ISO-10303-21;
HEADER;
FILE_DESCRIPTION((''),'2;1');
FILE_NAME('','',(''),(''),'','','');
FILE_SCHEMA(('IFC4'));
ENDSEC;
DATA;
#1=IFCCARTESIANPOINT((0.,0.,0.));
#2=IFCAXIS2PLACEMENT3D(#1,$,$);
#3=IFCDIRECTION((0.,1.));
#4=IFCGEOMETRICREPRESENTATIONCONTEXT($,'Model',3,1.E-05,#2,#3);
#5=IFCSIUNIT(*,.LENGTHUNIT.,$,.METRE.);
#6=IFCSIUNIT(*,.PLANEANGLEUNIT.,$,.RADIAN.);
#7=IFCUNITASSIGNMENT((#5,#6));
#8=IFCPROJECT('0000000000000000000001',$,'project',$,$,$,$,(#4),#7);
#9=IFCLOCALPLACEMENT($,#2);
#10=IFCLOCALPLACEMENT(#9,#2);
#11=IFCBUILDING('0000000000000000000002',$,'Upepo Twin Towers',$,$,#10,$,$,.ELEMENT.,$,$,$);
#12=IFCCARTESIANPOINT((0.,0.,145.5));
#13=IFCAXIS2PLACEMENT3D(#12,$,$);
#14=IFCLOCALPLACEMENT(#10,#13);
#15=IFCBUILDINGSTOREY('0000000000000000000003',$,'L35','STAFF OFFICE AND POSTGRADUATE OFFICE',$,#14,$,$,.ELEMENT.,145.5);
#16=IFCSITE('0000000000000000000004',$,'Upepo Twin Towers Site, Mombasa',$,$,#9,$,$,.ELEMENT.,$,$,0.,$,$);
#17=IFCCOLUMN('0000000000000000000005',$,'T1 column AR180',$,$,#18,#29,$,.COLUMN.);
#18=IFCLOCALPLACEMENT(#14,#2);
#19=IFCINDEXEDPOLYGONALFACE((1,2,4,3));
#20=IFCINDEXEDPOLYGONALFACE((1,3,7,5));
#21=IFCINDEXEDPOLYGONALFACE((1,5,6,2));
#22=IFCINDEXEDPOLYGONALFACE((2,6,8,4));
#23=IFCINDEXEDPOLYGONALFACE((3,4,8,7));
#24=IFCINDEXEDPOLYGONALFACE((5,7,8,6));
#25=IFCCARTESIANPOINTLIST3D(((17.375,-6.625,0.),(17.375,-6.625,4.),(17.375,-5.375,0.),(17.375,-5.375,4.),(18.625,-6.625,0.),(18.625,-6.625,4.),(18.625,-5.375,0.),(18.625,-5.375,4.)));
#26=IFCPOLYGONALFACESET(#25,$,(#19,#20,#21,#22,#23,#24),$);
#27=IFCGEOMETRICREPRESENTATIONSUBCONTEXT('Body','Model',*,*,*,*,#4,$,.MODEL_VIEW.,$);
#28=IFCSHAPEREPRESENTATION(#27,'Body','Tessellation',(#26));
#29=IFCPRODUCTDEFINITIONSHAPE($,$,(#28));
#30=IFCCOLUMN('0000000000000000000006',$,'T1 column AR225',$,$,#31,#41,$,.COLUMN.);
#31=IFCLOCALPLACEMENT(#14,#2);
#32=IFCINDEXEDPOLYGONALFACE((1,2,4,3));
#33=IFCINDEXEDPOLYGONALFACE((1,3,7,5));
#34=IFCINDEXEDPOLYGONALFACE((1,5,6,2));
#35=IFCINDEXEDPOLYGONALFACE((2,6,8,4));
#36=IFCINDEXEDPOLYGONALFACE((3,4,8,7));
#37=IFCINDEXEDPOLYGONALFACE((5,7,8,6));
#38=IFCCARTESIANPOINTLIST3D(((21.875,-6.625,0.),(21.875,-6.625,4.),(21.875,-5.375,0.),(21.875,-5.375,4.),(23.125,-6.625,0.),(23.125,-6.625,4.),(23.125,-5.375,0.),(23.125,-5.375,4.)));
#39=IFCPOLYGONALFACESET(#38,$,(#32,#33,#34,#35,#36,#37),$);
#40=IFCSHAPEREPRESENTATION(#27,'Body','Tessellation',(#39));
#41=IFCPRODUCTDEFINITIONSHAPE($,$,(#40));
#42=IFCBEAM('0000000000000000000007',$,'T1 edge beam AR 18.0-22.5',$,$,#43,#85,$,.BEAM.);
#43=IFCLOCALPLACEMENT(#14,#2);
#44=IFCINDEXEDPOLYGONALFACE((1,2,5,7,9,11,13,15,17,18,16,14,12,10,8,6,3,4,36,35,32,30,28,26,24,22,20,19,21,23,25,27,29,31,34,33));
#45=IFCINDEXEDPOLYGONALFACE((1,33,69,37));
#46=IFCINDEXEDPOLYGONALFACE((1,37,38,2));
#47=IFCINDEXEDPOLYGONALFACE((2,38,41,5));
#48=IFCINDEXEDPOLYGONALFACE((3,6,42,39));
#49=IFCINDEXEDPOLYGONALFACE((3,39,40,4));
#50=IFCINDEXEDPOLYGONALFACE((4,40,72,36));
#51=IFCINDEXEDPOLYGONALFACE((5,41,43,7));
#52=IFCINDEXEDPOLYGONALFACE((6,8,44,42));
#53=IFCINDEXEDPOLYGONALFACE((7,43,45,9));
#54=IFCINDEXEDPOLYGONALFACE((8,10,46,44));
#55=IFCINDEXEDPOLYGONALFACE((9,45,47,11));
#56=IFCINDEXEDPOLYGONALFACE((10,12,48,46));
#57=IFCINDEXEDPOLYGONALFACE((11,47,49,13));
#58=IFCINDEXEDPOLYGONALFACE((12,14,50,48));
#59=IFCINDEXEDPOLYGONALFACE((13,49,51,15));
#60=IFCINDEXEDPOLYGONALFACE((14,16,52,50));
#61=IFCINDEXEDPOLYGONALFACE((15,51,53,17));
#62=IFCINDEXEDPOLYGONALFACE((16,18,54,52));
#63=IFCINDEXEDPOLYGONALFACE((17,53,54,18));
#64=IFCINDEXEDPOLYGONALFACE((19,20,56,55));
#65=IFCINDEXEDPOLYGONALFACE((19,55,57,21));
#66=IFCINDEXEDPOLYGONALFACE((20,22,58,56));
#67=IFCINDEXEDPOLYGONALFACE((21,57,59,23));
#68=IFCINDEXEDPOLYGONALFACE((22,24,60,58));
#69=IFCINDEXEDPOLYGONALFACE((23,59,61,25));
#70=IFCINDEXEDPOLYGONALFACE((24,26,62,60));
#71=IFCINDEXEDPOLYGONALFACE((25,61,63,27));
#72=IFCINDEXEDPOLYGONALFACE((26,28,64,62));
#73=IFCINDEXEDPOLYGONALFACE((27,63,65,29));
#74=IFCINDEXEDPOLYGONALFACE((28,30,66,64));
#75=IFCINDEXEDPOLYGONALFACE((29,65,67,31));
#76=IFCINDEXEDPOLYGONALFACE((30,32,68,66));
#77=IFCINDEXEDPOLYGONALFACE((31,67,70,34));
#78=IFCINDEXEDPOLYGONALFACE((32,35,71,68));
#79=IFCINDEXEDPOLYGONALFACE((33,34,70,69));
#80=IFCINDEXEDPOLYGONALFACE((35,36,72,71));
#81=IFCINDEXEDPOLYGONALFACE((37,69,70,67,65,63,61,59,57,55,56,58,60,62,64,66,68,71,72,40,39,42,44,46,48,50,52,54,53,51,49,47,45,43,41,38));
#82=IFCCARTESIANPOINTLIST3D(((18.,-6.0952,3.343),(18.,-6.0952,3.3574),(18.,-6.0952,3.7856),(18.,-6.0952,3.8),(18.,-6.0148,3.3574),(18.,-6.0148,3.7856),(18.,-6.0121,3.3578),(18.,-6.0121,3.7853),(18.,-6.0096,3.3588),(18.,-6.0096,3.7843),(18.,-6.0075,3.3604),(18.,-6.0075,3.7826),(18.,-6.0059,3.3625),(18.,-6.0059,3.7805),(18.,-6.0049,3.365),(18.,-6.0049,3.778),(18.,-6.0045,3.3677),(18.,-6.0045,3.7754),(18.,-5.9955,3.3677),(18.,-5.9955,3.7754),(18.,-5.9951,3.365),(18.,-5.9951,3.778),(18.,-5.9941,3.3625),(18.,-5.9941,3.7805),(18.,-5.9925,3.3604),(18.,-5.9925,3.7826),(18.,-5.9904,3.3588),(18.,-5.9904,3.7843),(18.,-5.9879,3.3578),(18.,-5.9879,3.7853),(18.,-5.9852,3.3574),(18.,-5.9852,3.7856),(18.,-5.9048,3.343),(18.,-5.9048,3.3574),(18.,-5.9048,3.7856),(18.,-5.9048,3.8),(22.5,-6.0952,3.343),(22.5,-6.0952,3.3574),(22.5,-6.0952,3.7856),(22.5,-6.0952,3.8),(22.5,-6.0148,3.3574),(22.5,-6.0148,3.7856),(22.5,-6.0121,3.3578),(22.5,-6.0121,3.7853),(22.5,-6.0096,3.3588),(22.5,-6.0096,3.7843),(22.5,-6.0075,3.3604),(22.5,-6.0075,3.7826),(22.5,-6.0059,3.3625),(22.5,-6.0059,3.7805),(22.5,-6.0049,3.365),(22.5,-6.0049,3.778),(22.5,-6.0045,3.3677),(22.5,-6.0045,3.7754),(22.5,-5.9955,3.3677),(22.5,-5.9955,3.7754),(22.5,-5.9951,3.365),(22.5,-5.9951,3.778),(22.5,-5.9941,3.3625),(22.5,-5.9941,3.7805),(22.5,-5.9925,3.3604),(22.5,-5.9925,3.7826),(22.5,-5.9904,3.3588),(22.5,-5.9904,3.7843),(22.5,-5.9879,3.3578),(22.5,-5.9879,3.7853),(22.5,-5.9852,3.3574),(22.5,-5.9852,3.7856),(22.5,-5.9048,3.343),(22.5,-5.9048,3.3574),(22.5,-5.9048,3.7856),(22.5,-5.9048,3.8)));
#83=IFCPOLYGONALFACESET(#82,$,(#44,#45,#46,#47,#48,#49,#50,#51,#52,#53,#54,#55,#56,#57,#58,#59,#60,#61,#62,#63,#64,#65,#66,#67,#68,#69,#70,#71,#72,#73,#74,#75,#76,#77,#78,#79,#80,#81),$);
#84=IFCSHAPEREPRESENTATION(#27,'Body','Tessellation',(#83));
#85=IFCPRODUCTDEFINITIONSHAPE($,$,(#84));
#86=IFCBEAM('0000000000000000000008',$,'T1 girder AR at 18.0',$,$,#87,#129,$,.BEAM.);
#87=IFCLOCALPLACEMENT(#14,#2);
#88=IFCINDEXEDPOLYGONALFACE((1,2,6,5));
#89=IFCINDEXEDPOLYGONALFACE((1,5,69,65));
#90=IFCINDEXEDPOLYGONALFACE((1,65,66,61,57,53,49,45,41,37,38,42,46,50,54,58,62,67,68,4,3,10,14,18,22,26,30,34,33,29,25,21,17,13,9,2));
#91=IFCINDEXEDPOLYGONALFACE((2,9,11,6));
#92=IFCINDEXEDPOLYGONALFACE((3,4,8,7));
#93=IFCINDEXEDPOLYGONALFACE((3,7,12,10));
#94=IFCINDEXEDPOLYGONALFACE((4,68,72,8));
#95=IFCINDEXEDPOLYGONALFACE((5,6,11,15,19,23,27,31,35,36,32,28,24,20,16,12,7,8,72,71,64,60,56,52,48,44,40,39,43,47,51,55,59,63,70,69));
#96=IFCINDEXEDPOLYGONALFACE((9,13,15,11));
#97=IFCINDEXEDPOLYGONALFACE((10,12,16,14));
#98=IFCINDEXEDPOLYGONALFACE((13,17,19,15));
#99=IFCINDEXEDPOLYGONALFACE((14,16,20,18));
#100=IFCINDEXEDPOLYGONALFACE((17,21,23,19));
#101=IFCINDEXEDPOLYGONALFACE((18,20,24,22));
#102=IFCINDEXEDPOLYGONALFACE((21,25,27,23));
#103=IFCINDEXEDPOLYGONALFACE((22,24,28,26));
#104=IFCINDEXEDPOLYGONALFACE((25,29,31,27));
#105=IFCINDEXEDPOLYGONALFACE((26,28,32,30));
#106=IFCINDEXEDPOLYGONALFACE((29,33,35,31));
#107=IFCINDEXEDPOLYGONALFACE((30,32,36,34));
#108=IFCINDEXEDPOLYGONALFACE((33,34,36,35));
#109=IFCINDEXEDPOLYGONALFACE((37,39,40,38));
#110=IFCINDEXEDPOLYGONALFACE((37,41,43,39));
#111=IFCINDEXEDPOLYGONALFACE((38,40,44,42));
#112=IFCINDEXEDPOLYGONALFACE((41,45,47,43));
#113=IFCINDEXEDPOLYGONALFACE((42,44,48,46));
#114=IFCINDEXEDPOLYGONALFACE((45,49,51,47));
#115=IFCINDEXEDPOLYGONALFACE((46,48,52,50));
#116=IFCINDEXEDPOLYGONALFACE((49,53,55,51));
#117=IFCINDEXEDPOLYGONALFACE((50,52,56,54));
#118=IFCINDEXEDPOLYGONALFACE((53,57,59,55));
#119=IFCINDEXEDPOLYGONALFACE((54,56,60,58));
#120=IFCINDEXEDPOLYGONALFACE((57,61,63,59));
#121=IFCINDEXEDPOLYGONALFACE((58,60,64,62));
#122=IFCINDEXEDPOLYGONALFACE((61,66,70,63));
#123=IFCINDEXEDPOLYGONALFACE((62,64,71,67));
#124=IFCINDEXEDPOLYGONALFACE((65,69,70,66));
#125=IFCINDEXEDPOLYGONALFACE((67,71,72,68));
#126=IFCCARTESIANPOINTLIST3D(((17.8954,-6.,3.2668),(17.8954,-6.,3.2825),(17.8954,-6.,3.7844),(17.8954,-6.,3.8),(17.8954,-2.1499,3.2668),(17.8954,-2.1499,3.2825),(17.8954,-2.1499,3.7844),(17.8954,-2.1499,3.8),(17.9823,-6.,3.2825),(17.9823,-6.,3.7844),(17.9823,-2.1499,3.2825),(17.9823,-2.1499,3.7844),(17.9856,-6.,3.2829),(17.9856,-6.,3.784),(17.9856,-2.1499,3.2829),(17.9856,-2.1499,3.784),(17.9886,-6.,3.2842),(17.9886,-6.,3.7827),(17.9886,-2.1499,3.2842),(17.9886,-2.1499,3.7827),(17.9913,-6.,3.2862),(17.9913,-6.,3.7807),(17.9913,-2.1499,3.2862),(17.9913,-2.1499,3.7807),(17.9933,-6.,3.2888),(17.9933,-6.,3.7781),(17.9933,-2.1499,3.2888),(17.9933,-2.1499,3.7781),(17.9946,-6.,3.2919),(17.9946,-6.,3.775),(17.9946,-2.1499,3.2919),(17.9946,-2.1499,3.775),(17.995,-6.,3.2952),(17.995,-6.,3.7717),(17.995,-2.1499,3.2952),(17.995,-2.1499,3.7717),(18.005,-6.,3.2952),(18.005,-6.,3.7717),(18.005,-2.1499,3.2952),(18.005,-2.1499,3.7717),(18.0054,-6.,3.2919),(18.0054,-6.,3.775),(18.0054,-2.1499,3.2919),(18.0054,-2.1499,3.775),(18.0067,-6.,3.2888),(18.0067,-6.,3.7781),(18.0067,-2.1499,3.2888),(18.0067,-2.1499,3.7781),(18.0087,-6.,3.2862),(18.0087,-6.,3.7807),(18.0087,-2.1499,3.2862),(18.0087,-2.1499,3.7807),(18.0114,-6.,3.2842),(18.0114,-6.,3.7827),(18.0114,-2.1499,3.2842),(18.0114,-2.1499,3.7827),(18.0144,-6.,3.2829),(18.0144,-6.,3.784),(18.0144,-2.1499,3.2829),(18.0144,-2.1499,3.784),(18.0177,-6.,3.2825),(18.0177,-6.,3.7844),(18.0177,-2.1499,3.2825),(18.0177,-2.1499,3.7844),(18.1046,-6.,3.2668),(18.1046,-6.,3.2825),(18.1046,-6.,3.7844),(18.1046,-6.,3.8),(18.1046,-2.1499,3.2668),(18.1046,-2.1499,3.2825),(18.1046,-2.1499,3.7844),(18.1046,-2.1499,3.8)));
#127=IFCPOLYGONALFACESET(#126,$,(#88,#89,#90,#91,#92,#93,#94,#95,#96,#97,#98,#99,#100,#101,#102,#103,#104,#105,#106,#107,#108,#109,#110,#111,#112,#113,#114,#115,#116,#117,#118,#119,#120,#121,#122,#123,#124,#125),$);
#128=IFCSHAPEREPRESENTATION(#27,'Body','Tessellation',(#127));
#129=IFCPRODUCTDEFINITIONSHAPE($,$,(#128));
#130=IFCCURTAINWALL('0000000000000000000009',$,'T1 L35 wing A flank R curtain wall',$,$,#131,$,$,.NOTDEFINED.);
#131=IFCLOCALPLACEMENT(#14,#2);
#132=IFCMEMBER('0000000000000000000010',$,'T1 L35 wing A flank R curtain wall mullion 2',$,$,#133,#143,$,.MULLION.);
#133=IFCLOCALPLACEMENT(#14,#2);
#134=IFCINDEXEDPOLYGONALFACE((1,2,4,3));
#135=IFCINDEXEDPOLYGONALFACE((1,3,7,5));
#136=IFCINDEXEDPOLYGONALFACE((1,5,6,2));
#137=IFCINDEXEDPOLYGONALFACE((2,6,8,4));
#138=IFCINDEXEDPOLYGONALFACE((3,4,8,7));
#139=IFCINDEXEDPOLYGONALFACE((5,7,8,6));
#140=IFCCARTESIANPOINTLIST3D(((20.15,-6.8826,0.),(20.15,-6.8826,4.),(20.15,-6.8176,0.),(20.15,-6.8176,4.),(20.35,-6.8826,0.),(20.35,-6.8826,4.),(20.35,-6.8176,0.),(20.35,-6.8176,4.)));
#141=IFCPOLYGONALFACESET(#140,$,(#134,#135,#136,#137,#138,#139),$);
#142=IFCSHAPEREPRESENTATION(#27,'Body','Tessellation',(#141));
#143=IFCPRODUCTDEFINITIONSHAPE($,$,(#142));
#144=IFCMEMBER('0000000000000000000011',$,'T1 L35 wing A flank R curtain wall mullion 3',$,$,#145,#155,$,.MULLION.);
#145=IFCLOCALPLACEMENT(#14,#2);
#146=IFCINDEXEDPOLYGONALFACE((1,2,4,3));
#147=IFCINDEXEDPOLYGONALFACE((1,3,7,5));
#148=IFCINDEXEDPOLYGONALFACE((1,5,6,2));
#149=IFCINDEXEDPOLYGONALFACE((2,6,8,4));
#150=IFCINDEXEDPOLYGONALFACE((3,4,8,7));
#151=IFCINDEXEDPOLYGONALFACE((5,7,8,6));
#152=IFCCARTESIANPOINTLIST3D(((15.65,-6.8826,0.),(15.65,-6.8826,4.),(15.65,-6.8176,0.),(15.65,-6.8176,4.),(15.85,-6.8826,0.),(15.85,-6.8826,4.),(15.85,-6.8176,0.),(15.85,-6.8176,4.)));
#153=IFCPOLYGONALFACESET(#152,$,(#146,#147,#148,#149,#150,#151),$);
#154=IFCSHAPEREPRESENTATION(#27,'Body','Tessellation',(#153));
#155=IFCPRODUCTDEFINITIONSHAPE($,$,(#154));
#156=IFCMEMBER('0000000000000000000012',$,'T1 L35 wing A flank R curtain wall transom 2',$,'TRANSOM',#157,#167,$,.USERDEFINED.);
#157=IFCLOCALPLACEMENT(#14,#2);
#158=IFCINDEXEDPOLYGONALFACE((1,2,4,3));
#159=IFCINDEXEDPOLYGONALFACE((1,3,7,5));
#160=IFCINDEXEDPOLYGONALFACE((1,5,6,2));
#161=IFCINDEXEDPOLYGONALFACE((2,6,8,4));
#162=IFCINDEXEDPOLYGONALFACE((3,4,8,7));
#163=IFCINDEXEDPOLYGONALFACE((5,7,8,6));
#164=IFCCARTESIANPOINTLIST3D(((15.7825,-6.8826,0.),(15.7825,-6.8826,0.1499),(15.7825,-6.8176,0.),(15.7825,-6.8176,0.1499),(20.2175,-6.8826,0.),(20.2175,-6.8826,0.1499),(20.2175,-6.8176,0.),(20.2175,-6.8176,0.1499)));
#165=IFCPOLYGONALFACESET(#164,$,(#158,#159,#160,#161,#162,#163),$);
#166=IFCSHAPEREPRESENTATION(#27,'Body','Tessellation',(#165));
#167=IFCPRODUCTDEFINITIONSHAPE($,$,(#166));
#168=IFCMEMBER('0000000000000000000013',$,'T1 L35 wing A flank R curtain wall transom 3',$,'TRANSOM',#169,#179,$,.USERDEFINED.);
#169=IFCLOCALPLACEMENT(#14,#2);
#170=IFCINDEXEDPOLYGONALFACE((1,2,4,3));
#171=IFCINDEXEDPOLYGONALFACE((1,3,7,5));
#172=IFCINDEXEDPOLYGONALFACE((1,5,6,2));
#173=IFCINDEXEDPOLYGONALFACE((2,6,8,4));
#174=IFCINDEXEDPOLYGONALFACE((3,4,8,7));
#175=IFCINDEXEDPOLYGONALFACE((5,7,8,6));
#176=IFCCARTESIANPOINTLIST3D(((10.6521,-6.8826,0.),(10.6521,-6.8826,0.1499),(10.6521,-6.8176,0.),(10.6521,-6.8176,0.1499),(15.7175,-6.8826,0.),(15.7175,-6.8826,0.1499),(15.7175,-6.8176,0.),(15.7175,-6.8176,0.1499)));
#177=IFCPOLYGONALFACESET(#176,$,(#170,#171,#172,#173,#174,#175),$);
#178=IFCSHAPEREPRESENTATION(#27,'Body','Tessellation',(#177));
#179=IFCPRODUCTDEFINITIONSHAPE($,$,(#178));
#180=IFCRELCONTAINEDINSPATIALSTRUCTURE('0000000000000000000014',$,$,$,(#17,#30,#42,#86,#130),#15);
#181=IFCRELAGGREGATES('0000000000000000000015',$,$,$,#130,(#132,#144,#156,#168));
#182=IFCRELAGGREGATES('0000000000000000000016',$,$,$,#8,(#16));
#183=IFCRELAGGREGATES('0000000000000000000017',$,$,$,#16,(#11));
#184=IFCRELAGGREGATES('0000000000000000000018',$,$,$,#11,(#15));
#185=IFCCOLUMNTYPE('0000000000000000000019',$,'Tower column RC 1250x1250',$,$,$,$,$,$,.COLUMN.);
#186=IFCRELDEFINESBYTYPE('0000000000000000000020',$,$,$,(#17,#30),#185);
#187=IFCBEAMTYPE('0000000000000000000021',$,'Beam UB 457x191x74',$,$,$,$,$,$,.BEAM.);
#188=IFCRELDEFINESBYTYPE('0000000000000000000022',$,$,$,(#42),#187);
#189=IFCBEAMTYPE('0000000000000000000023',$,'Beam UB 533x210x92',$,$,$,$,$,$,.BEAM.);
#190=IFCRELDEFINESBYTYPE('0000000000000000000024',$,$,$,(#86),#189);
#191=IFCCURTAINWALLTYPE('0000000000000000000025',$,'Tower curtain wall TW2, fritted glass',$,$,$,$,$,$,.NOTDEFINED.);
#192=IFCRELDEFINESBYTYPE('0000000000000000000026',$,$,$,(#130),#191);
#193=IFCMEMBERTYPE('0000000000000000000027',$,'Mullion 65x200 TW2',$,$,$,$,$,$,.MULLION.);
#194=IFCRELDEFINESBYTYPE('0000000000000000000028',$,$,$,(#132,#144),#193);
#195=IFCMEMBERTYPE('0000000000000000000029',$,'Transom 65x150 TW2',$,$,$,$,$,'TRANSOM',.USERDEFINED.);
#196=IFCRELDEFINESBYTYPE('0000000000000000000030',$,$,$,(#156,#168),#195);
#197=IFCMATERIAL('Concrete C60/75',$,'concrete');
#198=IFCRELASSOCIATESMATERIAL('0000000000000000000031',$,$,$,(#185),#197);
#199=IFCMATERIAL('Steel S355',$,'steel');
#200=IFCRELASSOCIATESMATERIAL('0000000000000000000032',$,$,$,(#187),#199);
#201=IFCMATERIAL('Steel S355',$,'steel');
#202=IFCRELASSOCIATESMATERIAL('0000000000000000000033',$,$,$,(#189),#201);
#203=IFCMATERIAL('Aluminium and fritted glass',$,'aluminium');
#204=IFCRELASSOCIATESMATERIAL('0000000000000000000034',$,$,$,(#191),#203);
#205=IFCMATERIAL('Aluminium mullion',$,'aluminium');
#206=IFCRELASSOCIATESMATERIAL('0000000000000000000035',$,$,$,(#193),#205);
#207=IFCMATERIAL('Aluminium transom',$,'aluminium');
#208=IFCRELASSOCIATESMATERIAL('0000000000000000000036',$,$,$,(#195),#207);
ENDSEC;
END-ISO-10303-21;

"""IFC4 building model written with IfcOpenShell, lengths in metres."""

from ifc_helpers import new_model, si_unit, direction, frame, origin, origin_2d, place, context, subcontext, project, spatial, rectangle, i_section, extrude, material, material_profile, profile_set, type_object, element, aggregate, save


model = new_model("IFC4")

# Units and contexts
model_context = context("Model", 3, precision=1e-05, world=origin(), true_north=direction((0.0, 1.0)))
body_context = subcontext(model_context, "Body", "Model", "MODEL_VIEW")
ifc_project = project(units=[si_unit("LENGTHUNIT", "METRE"), si_unit("PLANEANGLEUNIT", "RADIAN")], contexts=[model_context])

# Site, building, storey
site_placement = place(None, origin())
site = spatial("IfcSite", under=ifc_project, at=site_placement, Name="Upepo Twin Towers Site, Mombasa", CompositionType="ELEMENT", RefElevation=0.0)
building_placement = place(site_placement, origin())
building = spatial("IfcBuilding", under=site, at=building_placement, Name="Upepo Twin Towers", CompositionType="ELEMENT")
storey_placement = place(building_placement, frame((0.0, 0.0, 145.5)))
storey = spatial("IfcBuildingStorey", under=building, at=storey_placement, Name="L35", Description="STAFF OFFICE AND POSTGRADUATE OFFICE", CompositionType="ELEMENT", Elevation=145.5)

# Columns
ifc_material_1 = material(Name="Concrete C60/75", Category="concrete")
ifc_material_profile_1 = material_profile(ifc_material_1, rectangle(XDim=1.25, YDim=1.25, at=origin_2d()), Name="RC 1250x1250")
ifc_profile_set_1 = profile_set([ifc_material_profile_1], Name="Concrete C60/75")
column_type = type_object("IfcColumnType", Name="Tower column RC 1250x1250", PredefinedType="COLUMN", material=ifc_profile_set_1)
for number, where, z_axis, x_axis, name in (
    (1, (18.0, -6.0, 0.0), (0.0, 0.0, 1.0), (1.0, 0.0, 0.0), "T1 column AR180"),
    (2, (22.5, -6.0, 0.0), (0.0, 0.0, 1.0), (1.0, 0.0, 0.0), "T1 column AR225"),
):
    element("IfcColumn", number, at=place(storey_placement, frame(where, z_axis=z_axis, x_axis=x_axis)), inside=storey, type_object=column_type, Name=name, PredefinedType="COLUMN", context=body_context, shape_type="SweptSolid", body=[
        extrude(rectangle(XDim=1.25, YDim=1.25, at=origin_2d()), origin(), (0.0, 0.0, 1.0), 4.0),
    ])

# Beams
ifc_material_2 = material(Name="Steel S355", Category="steel")
ifc_material_profile_2 = material_profile(ifc_material_2, i_section(OverallWidth=0.1904, OverallDepth=0.457, WebThickness=0.009, FlangeThickness=0.0144, FilletRadius=0.0103, at=origin_2d()), Name="UB 457x191x74")
ifc_profile_set_2 = profile_set([ifc_material_profile_2], Name="Steel S355")
beam_type_1 = type_object("IfcBeamType", Name="Beam UB 457x191x74", PredefinedType="BEAM", material=ifc_profile_set_2)
beam_1_placement = place(storey_placement, frame((18.0, -6.0, 3.5715), z_axis=(1.0, 0.0, 0.0), x_axis=(0.0, 1.0, 0.0)))
element("IfcBeam", 3, at=beam_1_placement, inside=storey, type_object=beam_type_1, Name="T1 edge beam AR 18.0-22.5", PredefinedType="BEAM", context=body_context, shape_type="SweptSolid", body=[
    extrude(i_section(OverallWidth=0.1904, OverallDepth=0.457, WebThickness=0.009, FlangeThickness=0.0144, FilletRadius=0.0103, at=origin_2d()), origin(), (0.0, 0.0, 1.0), 4.5),
])
ifc_material_3 = material(Name="Steel S355", Category="steel")
ifc_material_profile_3 = material_profile(ifc_material_3, i_section(OverallWidth=0.2092, OverallDepth=0.5332, WebThickness=0.01, FlangeThickness=0.0156, FilletRadius=0.0127, at=origin_2d()), Name="UB 533x210x92")
ifc_profile_set_3 = profile_set([ifc_material_profile_3], Name="Steel S355")
beam_type_2 = type_object("IfcBeamType", Name="Beam UB 533x210x92", PredefinedType="BEAM", material=ifc_profile_set_3)
beam_2_placement = place(storey_placement, frame((18.0, -6.0, 3.5334), z_axis=(0.0, 1.0, 0.0), x_axis=(-1.0, 0.0, 0.0)))
element("IfcBeam", 4, at=beam_2_placement, inside=storey, type_object=beam_type_2, Name="T1 girder AR at 18.0", PredefinedType="BEAM", context=body_context, shape_type="SweptSolid", body=[
    extrude(i_section(OverallWidth=0.2092, OverallDepth=0.5332, WebThickness=0.01, FlangeThickness=0.0156, FilletRadius=0.0127, at=origin_2d()), origin(), (0.0, 0.0, 1.0), 3.8501),
])

# Curtain wall, members
ifc_material_4 = material(Name="Aluminium and fritted glass", Category="aluminium")
curtain_wall_type = type_object("IfcCurtainWallType", Name="Tower curtain wall TW2, fritted glass", PredefinedType="NOTDEFINED", material=ifc_material_4)
curtain_wall_placement = place(storey_placement, origin())
curtain_wall = element("IfcCurtainWall", 5, at=curtain_wall_placement, inside=storey, type_object=curtain_wall_type, Name="T1 L35 wing A flank R curtain wall", PredefinedType="NOTDEFINED")
ifc_material_5 = material(Name="Aluminium mullion", Category="aluminium")
ifc_material_profile_4 = material_profile(ifc_material_5, rectangle(XDim=0.0649, YDim=0.2, at=origin_2d()), Name="MULLION 65x200")
ifc_profile_set_4 = profile_set([ifc_material_profile_4], Name="Aluminium mullion")
member_type_1 = type_object("IfcMemberType", Name="Mullion 65x200 TW2", PredefinedType="MULLION", material=ifc_profile_set_4)
member_1_placement = place(storey_placement, frame((20.25, -6.8501, 0.0), z_axis=(0.0, 0.0, 1.0), x_axis=(0.0, -1.0, 0.0)))
member_1 = element("IfcMember", 6, at=member_1_placement, type_object=member_type_1, Name="T1 L35 wing A flank R curtain wall mullion 2", PredefinedType="MULLION", context=body_context, shape_type="SweptSolid", body=[
    extrude(rectangle(XDim=0.0649, YDim=0.2, at=origin_2d()), origin(), (0.0, 0.0, 1.0), 4.0),
])
member_2_placement = place(storey_placement, frame((15.75, -6.8501, 0.0), z_axis=(0.0, 0.0, 1.0), x_axis=(0.0, -1.0, 0.0)))
member_2 = element("IfcMember", 7, at=member_2_placement, type_object=member_type_1, Name="T1 L35 wing A flank R curtain wall mullion 3", PredefinedType="MULLION", context=body_context, shape_type="SweptSolid", body=[
    extrude(rectangle(XDim=0.0649, YDim=0.2, at=origin_2d()), origin(), (0.0, 0.0, 1.0), 4.0),
])
ifc_material_6 = material(Name="Aluminium transom", Category="aluminium")
ifc_material_profile_5 = material_profile(ifc_material_6, rectangle(XDim=0.0649, YDim=0.1499, at=origin_2d()), Name="TRANSOM 65x150")
ifc_profile_set_5 = profile_set([ifc_material_profile_5], Name="Aluminium transom")
member_type_2 = type_object("IfcMemberType", Name="Transom 65x150 TW2", ElementType="TRANSOM", PredefinedType="USERDEFINED", material=ifc_profile_set_5)
member_3_placement = place(storey_placement, frame((20.2175, -6.8501, 0.075), z_axis=(-1.0, 0.0, 0.0), x_axis=(0.0, -1.0, 0.0)))
member_3 = element("IfcMember", 8, at=member_3_placement, type_object=member_type_2, Name="T1 L35 wing A flank R curtain wall transom 2", ObjectType="TRANSOM", PredefinedType="USERDEFINED", context=body_context, shape_type="SweptSolid", body=[
    extrude(rectangle(XDim=0.0649, YDim=0.1499, at=origin_2d()), origin(), (0.0, 0.0, 1.0), 4.4351),
])
member_4_placement = place(storey_placement, frame((15.7175, -6.8501, 0.075), z_axis=(-1.0, 0.0, 0.0), x_axis=(0.0, -1.0, 0.0)))
member_4 = element("IfcMember", 9, at=member_4_placement, type_object=member_type_2, Name="T1 L35 wing A flank R curtain wall transom 3", ObjectType="TRANSOM", PredefinedType="USERDEFINED", context=body_context, shape_type="SweptSolid", body=[
    extrude(rectangle(XDim=0.0649, YDim=0.1499, at=origin_2d()), origin(), (0.0, 0.0, 1.0), 5.0654),
])
aggregate(curtain_wall, [member_1, member_2, member_3, member_4])

save(model, "model.ifc")
